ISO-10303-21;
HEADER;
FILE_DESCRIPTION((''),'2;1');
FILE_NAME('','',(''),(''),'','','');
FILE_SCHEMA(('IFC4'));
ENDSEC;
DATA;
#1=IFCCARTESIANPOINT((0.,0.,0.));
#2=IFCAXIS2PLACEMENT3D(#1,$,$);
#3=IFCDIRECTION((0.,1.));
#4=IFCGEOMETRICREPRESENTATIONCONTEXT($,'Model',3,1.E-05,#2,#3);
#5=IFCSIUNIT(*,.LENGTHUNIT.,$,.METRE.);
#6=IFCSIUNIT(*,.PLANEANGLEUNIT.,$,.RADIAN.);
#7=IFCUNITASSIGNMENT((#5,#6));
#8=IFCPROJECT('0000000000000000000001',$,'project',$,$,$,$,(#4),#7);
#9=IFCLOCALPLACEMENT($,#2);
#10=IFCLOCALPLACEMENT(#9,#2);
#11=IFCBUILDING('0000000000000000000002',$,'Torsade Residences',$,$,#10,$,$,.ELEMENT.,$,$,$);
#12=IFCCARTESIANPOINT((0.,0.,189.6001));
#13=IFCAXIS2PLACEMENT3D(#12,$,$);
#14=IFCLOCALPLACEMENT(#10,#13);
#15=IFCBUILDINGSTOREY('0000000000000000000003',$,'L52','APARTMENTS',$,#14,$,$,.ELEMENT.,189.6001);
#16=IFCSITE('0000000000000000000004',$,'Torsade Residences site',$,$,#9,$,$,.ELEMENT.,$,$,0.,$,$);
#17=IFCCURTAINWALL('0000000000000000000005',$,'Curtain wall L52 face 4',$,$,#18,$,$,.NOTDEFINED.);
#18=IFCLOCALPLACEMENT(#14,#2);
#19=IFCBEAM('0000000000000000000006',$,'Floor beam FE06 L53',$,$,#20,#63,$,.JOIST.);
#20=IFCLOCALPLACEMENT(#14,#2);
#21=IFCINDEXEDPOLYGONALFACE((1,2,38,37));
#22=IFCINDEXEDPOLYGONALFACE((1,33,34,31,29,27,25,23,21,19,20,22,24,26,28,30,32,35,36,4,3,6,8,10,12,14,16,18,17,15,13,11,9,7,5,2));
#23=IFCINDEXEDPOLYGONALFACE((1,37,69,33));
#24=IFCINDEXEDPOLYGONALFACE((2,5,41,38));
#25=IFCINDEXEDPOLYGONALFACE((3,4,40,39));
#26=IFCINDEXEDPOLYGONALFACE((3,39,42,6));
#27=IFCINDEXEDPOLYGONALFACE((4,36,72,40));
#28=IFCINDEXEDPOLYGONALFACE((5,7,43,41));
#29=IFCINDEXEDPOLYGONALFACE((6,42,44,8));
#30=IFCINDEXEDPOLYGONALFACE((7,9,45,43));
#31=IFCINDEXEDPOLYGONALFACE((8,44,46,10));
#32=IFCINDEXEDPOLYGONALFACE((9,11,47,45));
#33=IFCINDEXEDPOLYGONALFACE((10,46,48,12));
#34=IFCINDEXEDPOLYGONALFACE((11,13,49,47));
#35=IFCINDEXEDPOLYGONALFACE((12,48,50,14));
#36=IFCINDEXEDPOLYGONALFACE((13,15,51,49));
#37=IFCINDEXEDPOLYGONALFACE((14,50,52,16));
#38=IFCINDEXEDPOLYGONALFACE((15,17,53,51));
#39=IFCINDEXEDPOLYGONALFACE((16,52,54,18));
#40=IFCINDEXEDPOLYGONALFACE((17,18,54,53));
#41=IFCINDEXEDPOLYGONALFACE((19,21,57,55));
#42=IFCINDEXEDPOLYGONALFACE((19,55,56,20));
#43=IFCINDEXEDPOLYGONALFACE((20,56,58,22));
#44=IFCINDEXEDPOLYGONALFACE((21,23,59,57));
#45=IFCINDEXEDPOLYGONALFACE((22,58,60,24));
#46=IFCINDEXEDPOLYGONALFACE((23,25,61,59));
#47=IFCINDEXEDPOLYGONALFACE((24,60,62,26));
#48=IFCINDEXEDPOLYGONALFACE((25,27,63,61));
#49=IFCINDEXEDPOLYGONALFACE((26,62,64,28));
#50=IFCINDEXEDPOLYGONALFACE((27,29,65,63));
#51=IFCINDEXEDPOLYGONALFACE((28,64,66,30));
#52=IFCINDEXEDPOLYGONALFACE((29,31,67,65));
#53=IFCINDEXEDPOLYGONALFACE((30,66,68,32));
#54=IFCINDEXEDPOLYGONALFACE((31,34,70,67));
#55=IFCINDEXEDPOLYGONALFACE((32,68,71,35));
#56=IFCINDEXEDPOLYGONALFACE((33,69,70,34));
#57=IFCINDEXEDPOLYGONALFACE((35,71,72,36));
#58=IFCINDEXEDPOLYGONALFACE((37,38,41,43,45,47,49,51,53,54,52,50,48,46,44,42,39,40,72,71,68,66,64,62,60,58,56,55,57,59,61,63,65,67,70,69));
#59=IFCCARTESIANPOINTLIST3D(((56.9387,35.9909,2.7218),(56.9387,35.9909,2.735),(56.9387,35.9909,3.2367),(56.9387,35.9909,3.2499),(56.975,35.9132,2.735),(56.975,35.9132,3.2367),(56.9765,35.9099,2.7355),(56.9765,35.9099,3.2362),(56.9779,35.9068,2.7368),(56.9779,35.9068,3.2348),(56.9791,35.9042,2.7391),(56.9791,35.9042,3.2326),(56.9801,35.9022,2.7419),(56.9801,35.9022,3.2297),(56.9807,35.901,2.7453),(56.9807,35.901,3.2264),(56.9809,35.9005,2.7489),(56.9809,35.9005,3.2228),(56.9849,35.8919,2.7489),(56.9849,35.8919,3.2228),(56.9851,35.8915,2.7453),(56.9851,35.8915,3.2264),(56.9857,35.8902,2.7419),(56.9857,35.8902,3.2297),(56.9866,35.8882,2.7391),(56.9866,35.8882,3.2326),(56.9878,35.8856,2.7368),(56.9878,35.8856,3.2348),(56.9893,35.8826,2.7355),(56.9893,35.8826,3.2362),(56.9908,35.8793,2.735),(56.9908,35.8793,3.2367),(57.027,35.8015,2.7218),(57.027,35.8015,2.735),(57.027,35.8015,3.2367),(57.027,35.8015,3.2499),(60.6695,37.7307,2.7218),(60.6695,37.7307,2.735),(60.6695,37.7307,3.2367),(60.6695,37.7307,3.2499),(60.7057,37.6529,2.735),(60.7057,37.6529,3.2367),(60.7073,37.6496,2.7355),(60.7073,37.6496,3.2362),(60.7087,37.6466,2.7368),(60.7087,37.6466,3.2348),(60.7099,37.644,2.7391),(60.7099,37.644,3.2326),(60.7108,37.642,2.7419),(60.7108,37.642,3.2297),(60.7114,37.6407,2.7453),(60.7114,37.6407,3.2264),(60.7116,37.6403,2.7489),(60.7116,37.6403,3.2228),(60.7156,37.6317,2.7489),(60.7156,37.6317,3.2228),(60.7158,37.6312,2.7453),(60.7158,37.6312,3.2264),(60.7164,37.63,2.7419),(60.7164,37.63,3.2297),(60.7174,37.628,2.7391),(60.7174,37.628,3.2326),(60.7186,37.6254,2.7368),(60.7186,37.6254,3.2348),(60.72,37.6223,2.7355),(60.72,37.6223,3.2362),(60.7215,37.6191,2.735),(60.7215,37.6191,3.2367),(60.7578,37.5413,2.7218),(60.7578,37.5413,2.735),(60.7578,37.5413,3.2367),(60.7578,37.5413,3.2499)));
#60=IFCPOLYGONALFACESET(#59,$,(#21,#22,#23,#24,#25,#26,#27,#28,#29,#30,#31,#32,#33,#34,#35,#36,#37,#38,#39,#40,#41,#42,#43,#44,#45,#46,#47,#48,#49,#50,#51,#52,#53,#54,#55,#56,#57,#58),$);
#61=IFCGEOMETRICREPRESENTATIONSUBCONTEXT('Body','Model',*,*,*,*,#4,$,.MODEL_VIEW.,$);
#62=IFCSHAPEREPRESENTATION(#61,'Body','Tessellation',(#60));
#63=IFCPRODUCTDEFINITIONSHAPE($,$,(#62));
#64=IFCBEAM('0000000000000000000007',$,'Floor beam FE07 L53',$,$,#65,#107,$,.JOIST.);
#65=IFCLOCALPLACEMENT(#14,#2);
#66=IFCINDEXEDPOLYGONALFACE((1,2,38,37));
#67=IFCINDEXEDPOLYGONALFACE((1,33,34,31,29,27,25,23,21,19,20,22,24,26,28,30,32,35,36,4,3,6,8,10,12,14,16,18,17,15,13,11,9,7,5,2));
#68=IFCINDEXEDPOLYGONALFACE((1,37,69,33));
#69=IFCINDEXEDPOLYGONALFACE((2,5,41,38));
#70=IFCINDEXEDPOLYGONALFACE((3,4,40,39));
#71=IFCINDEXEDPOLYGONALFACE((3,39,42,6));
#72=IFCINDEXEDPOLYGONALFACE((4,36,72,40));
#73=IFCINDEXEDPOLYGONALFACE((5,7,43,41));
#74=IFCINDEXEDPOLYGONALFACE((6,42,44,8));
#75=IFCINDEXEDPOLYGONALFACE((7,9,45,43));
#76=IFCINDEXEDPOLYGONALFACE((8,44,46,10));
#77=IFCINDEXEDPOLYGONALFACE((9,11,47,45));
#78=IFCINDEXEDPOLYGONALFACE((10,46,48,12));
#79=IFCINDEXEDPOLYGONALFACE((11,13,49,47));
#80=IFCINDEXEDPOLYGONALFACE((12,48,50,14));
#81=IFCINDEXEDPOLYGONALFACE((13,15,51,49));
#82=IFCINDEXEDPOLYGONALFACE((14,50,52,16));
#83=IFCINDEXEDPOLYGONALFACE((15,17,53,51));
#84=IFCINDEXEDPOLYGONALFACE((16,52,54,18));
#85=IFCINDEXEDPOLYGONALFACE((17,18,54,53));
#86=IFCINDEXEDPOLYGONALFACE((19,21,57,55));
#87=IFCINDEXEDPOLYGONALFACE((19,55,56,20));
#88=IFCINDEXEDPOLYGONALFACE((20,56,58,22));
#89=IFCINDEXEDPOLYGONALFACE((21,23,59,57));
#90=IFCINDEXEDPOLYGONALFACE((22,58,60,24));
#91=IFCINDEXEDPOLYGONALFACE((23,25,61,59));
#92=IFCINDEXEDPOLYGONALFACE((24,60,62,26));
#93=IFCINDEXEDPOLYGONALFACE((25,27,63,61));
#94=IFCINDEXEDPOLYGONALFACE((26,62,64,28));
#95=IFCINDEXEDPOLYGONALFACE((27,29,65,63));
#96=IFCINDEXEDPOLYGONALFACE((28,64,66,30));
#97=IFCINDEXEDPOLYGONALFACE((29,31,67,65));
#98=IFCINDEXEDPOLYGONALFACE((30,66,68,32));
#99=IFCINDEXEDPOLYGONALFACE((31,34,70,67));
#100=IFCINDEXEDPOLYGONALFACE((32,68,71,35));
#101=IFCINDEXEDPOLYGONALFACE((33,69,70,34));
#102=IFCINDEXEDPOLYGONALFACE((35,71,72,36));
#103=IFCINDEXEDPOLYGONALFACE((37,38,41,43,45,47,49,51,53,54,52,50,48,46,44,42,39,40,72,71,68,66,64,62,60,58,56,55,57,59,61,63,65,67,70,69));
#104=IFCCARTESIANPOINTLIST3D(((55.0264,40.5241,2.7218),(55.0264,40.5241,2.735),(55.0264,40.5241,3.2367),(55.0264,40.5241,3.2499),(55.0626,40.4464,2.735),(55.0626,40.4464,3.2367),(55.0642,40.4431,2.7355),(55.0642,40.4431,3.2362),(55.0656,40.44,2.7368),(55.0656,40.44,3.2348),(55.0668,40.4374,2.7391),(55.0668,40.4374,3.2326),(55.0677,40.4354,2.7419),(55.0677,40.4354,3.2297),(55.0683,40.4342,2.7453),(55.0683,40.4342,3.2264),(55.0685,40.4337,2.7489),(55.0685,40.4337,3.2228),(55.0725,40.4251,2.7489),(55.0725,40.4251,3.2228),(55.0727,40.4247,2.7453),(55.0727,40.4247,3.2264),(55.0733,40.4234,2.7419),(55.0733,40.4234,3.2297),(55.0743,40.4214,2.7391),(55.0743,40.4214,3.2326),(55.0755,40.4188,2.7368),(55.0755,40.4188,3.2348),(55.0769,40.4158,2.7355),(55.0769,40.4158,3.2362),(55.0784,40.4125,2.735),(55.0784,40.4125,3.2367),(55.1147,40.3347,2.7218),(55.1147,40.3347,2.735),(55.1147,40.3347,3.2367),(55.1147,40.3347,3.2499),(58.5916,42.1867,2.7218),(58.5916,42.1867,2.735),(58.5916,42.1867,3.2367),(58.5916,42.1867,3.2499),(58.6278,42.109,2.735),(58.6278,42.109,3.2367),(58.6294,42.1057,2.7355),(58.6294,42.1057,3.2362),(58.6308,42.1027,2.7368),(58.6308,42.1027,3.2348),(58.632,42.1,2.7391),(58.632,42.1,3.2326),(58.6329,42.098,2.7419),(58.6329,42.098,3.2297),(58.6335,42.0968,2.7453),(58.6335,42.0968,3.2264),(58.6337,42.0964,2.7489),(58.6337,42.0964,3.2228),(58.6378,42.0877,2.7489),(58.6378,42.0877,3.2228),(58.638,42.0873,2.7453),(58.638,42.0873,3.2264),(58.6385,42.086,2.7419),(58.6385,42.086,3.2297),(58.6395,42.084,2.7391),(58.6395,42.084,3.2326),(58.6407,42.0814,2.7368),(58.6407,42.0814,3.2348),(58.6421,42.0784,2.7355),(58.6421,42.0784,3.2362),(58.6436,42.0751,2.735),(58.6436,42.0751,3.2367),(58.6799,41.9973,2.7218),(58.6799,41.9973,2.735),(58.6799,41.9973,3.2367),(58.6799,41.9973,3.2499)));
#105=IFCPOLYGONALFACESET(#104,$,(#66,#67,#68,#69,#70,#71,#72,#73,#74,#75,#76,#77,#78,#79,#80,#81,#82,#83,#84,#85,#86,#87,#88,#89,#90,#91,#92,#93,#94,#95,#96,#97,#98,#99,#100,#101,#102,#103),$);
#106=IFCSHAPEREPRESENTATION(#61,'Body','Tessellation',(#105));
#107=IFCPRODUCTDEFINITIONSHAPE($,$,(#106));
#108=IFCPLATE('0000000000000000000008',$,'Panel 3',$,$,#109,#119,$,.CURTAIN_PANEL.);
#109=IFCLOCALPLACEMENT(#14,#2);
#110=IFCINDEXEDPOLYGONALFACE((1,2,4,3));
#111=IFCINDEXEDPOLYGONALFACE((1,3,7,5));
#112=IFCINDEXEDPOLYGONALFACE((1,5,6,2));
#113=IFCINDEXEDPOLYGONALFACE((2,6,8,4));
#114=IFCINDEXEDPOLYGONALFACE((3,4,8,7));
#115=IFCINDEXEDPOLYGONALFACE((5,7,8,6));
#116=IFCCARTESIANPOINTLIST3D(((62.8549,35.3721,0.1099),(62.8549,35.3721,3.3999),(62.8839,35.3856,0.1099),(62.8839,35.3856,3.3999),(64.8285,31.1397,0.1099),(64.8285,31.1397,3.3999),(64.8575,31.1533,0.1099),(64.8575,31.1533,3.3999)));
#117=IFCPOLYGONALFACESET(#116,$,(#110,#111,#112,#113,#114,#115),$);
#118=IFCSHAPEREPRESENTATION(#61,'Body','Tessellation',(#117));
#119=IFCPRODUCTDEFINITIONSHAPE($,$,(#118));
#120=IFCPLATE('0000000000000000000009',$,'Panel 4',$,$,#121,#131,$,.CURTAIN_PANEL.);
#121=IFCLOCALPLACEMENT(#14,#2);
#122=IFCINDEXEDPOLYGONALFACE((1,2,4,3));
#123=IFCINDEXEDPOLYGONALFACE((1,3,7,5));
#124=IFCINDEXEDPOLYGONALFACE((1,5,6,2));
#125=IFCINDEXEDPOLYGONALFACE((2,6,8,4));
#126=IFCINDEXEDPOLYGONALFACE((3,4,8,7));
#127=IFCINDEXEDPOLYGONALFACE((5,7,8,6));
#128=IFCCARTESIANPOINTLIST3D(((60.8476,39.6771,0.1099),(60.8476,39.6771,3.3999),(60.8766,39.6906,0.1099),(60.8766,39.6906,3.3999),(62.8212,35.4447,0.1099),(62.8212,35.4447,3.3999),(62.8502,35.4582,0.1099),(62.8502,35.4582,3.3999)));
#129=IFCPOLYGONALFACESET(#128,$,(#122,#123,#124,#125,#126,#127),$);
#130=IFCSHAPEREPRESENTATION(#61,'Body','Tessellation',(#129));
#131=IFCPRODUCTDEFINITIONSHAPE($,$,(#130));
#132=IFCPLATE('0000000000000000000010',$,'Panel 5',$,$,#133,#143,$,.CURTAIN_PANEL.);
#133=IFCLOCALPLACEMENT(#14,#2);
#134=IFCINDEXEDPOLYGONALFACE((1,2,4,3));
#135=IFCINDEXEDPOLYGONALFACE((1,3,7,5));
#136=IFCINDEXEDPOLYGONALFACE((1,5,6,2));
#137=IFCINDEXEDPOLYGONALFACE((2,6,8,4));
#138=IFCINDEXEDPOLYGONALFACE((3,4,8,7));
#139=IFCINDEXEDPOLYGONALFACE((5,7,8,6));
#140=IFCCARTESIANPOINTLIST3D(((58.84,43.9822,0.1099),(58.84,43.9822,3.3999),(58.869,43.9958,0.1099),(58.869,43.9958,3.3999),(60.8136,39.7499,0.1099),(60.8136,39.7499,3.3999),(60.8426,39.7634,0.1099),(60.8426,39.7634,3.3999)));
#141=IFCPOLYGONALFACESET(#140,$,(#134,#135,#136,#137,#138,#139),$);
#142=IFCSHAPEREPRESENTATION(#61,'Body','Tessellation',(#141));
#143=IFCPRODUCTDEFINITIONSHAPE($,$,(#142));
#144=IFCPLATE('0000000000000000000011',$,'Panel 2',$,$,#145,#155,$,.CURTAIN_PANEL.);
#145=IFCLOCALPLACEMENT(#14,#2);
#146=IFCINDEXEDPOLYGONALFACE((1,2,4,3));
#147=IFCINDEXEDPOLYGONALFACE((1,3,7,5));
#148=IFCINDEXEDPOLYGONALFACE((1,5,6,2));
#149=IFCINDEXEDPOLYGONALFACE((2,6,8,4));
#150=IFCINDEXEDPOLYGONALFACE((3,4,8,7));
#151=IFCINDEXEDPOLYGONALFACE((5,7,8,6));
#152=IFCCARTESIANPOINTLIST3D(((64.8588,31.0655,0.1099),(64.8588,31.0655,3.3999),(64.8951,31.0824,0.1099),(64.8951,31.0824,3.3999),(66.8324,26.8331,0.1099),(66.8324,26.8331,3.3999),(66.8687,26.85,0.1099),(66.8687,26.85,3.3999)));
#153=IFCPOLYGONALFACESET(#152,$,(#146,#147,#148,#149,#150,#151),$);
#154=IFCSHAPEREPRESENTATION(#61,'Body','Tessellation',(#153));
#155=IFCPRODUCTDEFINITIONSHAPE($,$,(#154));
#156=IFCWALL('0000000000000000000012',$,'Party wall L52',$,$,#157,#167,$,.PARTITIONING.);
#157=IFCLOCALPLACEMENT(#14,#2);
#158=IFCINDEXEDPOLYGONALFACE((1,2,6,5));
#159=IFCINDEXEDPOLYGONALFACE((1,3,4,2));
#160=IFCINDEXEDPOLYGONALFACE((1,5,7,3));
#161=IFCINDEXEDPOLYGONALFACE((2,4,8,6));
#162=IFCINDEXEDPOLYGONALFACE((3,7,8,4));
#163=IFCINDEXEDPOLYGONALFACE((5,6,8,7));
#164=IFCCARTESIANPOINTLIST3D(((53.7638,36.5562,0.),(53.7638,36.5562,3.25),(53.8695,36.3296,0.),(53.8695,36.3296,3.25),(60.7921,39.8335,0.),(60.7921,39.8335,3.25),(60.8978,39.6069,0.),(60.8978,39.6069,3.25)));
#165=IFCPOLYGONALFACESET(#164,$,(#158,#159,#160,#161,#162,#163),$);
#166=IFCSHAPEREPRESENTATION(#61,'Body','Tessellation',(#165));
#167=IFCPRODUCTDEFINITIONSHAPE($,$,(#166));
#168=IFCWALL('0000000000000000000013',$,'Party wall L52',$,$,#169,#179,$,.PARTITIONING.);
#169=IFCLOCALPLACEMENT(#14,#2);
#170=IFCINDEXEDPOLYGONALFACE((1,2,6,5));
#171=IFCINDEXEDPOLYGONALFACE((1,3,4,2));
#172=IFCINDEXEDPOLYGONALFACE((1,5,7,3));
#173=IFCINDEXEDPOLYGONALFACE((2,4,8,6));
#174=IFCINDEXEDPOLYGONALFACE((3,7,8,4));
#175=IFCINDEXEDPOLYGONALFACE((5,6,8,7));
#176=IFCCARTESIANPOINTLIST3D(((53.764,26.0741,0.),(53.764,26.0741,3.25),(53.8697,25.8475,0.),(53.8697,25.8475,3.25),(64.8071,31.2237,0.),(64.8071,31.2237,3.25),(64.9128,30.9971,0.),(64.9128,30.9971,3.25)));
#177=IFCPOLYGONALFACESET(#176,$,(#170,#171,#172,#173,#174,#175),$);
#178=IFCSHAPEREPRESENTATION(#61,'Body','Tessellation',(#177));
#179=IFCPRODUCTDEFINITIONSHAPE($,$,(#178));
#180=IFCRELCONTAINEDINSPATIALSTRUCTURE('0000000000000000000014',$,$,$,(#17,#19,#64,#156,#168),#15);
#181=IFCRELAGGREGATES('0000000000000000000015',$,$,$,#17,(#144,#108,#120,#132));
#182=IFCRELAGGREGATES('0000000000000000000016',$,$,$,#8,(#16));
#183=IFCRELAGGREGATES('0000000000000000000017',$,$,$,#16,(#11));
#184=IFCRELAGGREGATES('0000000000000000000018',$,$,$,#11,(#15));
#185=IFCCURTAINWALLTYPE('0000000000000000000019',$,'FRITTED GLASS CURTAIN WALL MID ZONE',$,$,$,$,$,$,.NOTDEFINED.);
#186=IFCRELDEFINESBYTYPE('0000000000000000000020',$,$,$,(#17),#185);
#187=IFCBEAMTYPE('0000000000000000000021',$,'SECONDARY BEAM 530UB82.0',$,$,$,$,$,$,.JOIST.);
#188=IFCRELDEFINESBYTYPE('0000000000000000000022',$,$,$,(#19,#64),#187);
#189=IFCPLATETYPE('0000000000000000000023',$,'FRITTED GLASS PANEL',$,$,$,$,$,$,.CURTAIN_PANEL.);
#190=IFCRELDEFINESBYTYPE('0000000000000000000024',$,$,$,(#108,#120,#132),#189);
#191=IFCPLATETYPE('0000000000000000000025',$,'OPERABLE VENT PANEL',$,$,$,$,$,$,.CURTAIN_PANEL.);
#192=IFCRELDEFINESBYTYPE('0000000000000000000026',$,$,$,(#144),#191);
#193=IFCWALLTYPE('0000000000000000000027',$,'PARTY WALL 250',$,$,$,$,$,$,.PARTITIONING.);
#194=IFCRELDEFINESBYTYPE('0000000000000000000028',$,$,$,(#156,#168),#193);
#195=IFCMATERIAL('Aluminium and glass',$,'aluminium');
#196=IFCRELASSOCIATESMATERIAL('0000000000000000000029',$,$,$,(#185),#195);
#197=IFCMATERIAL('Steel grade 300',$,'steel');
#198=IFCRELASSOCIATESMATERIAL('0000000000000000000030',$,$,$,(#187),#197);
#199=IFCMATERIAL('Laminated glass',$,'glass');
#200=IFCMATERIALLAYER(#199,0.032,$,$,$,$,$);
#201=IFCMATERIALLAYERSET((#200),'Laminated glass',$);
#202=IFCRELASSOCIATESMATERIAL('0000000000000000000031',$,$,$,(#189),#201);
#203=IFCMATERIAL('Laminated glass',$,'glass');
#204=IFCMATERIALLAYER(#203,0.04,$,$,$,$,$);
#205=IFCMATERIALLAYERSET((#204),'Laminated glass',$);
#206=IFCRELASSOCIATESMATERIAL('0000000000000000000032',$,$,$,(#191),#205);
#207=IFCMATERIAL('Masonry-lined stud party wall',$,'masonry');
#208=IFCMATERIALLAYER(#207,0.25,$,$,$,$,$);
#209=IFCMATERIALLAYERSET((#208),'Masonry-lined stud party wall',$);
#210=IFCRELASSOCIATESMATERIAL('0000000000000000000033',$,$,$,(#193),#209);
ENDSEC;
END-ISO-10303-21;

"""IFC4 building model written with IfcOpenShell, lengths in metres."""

from ifc_helpers import new_model, si_unit, direction, frame, frame_2d, origin, origin_2d, place, context, subcontext, project, spatial, rectangle, i_section, extrude, material, layer, layer_set, material_profile, profile_set, type_object, element, aggregate, save


model = new_model("IFC4")

# Units and contexts
model_context = context("Model", 3, precision=1e-05, world=origin(), true_north=direction((0.0, 1.0)))
body_context = subcontext(model_context, "Body", "Model", "MODEL_VIEW")
ifc_project = project(units=[si_unit("LENGTHUNIT", "METRE"), si_unit("PLANEANGLEUNIT", "RADIAN")], contexts=[model_context])

# Site, building, storey
site_placement = place(None, origin())
site = spatial("IfcSite", under=ifc_project, at=site_placement, Name="Torsade Residences site", CompositionType="ELEMENT", RefElevation=0.0)
building_placement = place(site_placement, origin())
building = spatial("IfcBuilding", under=site, at=building_placement, Name="Torsade Residences", CompositionType="ELEMENT")
storey_placement = place(building_placement, frame((0.0, 0.0, 189.6001)))
storey = spatial("IfcBuildingStorey", under=building, at=storey_placement, Name="L52", Description="APARTMENTS", CompositionType="ELEMENT", Elevation=189.6001)

# Curtain wall
ifc_material_1 = material(Name="Aluminium and glass", Category="aluminium")
curtain_wall_type = type_object("IfcCurtainWallType", Name="FRITTED GLASS CURTAIN WALL MID ZONE", PredefinedType="NOTDEFINED", material=ifc_material_1)
curtain_wall_placement = place(storey_placement, origin())
curtain_wall = element("IfcCurtainWall", 1, at=curtain_wall_placement, inside=storey, type_object=curtain_wall_type, Name="Curtain wall L52 face 4", PredefinedType="NOTDEFINED")

# Beams
ifc_material_2 = material(Name="Steel grade 300", Category="steel")
ifc_material_profile_1 = material_profile(ifc_material_2, i_section(OverallWidth=0.209, OverallDepth=0.5281, WebThickness=0.0095, FlangeThickness=0.0132, FilletRadius=0.0139, at=origin_2d()), Name="530UB82.0")
ifc_profile_set_1 = profile_set([ifc_material_profile_1], Name="Steel grade 300")
beam_type_1 = type_object("IfcBeamType", Name="SECONDARY BEAM 530UB82.0", PredefinedType="JOIST", material=ifc_profile_set_1)
beam_1_placement = place(storey_placement, frame((60.7136, 37.636, 2.9858), z_axis=(-0.9063, -0.422635, 0.0), x_axis=(0.422635, -0.9063, 0.0)))
element("IfcBeam", 2, at=beam_1_placement, inside=storey, type_object=beam_type_1, Name="Floor beam FE06 L53", PredefinedType="JOIST", context=body_context, shape_type="SweptSolid", body=[
    extrude(i_section(OverallWidth=0.209, OverallDepth=0.5281, WebThickness=0.0095, FlangeThickness=0.0132, FilletRadius=0.0139, at=origin_2d()), origin(), (0.0, 0.0, 1.0), 4.1165),
])
beam_2_placement = place(storey_placement, frame((58.6357, 42.092, 2.9858), z_axis=(-0.906296, -0.422644, 0.0), x_axis=(0.422644, -0.906296, 0.0)))
element("IfcBeam", 3, at=beam_2_placement, inside=storey, type_object=beam_type_1, Name="Floor beam FE07 L53", PredefinedType="JOIST", context=body_context, shape_type="SweptSolid", body=[
    extrude(i_section(OverallWidth=0.209, OverallDepth=0.5281, WebThickness=0.0095, FlangeThickness=0.0132, FilletRadius=0.0139, at=origin_2d()), origin(), (0.0, 0.0, 1.0), 3.9338),
])

# Plates
ifc_material_3 = material(Name="Laminated glass", Category="glass")
ifc_layer_1 = layer(ifc_material_3, 0.032)
ifc_layer_set_1 = layer_set([ifc_layer_1], Name="Laminated glass")
plate_type_1 = type_object("IfcPlateType", Name="FRITTED GLASS PANEL", PredefinedType="CURTAIN_PANEL", material=ifc_layer_set_1)
plate_1_placement = place(storey_placement, frame((63.8562, 33.2627, 0.1099), z_axis=(0.0, 0.0, 1.0), x_axis=(-0.422618, 0.906308, 0.0)))
plate_1 = element("IfcPlate", 4, at=plate_1_placement, type_object=plate_type_1, Name="Panel 3", PredefinedType="CURTAIN_PANEL", context=body_context, shape_type="SweptSolid", body=[
    extrude(rectangle(XDim=4.6699, YDim=0.032, at=origin_2d()), origin(), (0.0, 0.0, 1.0), 3.29),
])
plate_2_placement = place(storey_placement, frame((61.8489, 37.5676, 0.1099), z_axis=(0.0, 0.0, 1.0), x_axis=(-0.422618, 0.906308, 0.0)))
plate_2 = element("IfcPlate", 5, at=plate_2_placement, type_object=plate_type_1, Name="Panel 4", PredefinedType="CURTAIN_PANEL", context=body_context, shape_type="SweptSolid", body=[
    extrude(rectangle(XDim=4.6699, YDim=0.032, at=origin_2d()), origin(), (0.0, 0.0, 1.0), 3.29),
])
plate_3_placement = place(storey_placement, frame((59.8413, 41.8728, 0.1099), z_axis=(0.0, 0.0, 1.0), x_axis=(-0.422618, 0.906308, 0.0)))
plate_3 = element("IfcPlate", 6, at=plate_3_placement, type_object=plate_type_1, Name="Panel 5", PredefinedType="CURTAIN_PANEL", context=body_context, shape_type="SweptSolid", body=[
    extrude(rectangle(XDim=4.6699, YDim=0.032, at=origin_2d()), origin(), (0.0, 0.0, 1.0), 3.29),
])
ifc_material_4 = material(Name="Laminated glass", Category="glass")
ifc_layer_2 = layer(ifc_material_4, 0.04)
ifc_layer_set_2 = layer_set([ifc_layer_2], Name="Laminated glass")
plate_type_2 = type_object("IfcPlateType", Name="OPERABLE VENT PANEL", PredefinedType="CURTAIN_PANEL", material=ifc_layer_set_2)
plate_4_placement = place(storey_placement, frame((65.8638, 28.9578, 0.1099), z_axis=(0.0, 0.0, 1.0), x_axis=(-0.422618, 0.906308, 0.0)))
plate_4 = element("IfcPlate", 7, at=plate_4_placement, type_object=plate_type_2, Name="Panel 2", PredefinedType="CURTAIN_PANEL", context=body_context, shape_type="SweptSolid", body=[
    extrude(rectangle(XDim=4.6699, YDim=0.04, at=origin_2d()), origin(), (0.0, 0.0, 1.0), 3.29),
])
aggregate(curtain_wall, [plate_4, plate_1, plate_2, plate_3])

# Walls
ifc_material_5 = material(Name="Masonry-lined stud party wall", Category="masonry")
ifc_layer_3 = layer(ifc_material_5, 0.25)
ifc_layer_set_3 = layer_set([ifc_layer_3], Name="Masonry-lined stud party wall")
wall_type = type_object("IfcWallType", Name="PARTY WALL 250", PredefinedType="PARTITIONING", material=ifc_layer_set_3)
wall_1_placement = place(storey_placement, frame((60.845, 39.7202, 0.0), z_axis=(0.0, 0.0, 1.0), x_axis=(-0.906309, -0.422617, 0.0)))
element("IfcWall", 8, at=wall_1_placement, inside=storey, type_object=wall_type, Name="Party wall L52", PredefinedType="PARTITIONING", context=body_context, shape_type="SweptSolid", body=[
    extrude(rectangle(XDim=7.7549, YDim=0.25, at=frame_2d((3.8774, 0.0))), origin(), (0.0, 0.0, 1.0), 3.25),
])
wall_2_placement = place(storey_placement, frame((64.8599, 31.1104, 0.0), z_axis=(0.0, 0.0, 1.0), x_axis=(-0.906304, -0.422627, 0.0)))
element("IfcWall", 9, at=wall_2_placement, inside=storey, type_object=wall_type, Name="Party wall L52", PredefinedType="PARTITIONING", context=body_context, shape_type="SweptSolid", body=[
    extrude(rectangle(XDim=12.1848, YDim=0.25, at=frame_2d((6.0923, 0.0))), origin(), (0.0, 0.0, 1.0), 3.25),
])

save(model, "model.ifc")
